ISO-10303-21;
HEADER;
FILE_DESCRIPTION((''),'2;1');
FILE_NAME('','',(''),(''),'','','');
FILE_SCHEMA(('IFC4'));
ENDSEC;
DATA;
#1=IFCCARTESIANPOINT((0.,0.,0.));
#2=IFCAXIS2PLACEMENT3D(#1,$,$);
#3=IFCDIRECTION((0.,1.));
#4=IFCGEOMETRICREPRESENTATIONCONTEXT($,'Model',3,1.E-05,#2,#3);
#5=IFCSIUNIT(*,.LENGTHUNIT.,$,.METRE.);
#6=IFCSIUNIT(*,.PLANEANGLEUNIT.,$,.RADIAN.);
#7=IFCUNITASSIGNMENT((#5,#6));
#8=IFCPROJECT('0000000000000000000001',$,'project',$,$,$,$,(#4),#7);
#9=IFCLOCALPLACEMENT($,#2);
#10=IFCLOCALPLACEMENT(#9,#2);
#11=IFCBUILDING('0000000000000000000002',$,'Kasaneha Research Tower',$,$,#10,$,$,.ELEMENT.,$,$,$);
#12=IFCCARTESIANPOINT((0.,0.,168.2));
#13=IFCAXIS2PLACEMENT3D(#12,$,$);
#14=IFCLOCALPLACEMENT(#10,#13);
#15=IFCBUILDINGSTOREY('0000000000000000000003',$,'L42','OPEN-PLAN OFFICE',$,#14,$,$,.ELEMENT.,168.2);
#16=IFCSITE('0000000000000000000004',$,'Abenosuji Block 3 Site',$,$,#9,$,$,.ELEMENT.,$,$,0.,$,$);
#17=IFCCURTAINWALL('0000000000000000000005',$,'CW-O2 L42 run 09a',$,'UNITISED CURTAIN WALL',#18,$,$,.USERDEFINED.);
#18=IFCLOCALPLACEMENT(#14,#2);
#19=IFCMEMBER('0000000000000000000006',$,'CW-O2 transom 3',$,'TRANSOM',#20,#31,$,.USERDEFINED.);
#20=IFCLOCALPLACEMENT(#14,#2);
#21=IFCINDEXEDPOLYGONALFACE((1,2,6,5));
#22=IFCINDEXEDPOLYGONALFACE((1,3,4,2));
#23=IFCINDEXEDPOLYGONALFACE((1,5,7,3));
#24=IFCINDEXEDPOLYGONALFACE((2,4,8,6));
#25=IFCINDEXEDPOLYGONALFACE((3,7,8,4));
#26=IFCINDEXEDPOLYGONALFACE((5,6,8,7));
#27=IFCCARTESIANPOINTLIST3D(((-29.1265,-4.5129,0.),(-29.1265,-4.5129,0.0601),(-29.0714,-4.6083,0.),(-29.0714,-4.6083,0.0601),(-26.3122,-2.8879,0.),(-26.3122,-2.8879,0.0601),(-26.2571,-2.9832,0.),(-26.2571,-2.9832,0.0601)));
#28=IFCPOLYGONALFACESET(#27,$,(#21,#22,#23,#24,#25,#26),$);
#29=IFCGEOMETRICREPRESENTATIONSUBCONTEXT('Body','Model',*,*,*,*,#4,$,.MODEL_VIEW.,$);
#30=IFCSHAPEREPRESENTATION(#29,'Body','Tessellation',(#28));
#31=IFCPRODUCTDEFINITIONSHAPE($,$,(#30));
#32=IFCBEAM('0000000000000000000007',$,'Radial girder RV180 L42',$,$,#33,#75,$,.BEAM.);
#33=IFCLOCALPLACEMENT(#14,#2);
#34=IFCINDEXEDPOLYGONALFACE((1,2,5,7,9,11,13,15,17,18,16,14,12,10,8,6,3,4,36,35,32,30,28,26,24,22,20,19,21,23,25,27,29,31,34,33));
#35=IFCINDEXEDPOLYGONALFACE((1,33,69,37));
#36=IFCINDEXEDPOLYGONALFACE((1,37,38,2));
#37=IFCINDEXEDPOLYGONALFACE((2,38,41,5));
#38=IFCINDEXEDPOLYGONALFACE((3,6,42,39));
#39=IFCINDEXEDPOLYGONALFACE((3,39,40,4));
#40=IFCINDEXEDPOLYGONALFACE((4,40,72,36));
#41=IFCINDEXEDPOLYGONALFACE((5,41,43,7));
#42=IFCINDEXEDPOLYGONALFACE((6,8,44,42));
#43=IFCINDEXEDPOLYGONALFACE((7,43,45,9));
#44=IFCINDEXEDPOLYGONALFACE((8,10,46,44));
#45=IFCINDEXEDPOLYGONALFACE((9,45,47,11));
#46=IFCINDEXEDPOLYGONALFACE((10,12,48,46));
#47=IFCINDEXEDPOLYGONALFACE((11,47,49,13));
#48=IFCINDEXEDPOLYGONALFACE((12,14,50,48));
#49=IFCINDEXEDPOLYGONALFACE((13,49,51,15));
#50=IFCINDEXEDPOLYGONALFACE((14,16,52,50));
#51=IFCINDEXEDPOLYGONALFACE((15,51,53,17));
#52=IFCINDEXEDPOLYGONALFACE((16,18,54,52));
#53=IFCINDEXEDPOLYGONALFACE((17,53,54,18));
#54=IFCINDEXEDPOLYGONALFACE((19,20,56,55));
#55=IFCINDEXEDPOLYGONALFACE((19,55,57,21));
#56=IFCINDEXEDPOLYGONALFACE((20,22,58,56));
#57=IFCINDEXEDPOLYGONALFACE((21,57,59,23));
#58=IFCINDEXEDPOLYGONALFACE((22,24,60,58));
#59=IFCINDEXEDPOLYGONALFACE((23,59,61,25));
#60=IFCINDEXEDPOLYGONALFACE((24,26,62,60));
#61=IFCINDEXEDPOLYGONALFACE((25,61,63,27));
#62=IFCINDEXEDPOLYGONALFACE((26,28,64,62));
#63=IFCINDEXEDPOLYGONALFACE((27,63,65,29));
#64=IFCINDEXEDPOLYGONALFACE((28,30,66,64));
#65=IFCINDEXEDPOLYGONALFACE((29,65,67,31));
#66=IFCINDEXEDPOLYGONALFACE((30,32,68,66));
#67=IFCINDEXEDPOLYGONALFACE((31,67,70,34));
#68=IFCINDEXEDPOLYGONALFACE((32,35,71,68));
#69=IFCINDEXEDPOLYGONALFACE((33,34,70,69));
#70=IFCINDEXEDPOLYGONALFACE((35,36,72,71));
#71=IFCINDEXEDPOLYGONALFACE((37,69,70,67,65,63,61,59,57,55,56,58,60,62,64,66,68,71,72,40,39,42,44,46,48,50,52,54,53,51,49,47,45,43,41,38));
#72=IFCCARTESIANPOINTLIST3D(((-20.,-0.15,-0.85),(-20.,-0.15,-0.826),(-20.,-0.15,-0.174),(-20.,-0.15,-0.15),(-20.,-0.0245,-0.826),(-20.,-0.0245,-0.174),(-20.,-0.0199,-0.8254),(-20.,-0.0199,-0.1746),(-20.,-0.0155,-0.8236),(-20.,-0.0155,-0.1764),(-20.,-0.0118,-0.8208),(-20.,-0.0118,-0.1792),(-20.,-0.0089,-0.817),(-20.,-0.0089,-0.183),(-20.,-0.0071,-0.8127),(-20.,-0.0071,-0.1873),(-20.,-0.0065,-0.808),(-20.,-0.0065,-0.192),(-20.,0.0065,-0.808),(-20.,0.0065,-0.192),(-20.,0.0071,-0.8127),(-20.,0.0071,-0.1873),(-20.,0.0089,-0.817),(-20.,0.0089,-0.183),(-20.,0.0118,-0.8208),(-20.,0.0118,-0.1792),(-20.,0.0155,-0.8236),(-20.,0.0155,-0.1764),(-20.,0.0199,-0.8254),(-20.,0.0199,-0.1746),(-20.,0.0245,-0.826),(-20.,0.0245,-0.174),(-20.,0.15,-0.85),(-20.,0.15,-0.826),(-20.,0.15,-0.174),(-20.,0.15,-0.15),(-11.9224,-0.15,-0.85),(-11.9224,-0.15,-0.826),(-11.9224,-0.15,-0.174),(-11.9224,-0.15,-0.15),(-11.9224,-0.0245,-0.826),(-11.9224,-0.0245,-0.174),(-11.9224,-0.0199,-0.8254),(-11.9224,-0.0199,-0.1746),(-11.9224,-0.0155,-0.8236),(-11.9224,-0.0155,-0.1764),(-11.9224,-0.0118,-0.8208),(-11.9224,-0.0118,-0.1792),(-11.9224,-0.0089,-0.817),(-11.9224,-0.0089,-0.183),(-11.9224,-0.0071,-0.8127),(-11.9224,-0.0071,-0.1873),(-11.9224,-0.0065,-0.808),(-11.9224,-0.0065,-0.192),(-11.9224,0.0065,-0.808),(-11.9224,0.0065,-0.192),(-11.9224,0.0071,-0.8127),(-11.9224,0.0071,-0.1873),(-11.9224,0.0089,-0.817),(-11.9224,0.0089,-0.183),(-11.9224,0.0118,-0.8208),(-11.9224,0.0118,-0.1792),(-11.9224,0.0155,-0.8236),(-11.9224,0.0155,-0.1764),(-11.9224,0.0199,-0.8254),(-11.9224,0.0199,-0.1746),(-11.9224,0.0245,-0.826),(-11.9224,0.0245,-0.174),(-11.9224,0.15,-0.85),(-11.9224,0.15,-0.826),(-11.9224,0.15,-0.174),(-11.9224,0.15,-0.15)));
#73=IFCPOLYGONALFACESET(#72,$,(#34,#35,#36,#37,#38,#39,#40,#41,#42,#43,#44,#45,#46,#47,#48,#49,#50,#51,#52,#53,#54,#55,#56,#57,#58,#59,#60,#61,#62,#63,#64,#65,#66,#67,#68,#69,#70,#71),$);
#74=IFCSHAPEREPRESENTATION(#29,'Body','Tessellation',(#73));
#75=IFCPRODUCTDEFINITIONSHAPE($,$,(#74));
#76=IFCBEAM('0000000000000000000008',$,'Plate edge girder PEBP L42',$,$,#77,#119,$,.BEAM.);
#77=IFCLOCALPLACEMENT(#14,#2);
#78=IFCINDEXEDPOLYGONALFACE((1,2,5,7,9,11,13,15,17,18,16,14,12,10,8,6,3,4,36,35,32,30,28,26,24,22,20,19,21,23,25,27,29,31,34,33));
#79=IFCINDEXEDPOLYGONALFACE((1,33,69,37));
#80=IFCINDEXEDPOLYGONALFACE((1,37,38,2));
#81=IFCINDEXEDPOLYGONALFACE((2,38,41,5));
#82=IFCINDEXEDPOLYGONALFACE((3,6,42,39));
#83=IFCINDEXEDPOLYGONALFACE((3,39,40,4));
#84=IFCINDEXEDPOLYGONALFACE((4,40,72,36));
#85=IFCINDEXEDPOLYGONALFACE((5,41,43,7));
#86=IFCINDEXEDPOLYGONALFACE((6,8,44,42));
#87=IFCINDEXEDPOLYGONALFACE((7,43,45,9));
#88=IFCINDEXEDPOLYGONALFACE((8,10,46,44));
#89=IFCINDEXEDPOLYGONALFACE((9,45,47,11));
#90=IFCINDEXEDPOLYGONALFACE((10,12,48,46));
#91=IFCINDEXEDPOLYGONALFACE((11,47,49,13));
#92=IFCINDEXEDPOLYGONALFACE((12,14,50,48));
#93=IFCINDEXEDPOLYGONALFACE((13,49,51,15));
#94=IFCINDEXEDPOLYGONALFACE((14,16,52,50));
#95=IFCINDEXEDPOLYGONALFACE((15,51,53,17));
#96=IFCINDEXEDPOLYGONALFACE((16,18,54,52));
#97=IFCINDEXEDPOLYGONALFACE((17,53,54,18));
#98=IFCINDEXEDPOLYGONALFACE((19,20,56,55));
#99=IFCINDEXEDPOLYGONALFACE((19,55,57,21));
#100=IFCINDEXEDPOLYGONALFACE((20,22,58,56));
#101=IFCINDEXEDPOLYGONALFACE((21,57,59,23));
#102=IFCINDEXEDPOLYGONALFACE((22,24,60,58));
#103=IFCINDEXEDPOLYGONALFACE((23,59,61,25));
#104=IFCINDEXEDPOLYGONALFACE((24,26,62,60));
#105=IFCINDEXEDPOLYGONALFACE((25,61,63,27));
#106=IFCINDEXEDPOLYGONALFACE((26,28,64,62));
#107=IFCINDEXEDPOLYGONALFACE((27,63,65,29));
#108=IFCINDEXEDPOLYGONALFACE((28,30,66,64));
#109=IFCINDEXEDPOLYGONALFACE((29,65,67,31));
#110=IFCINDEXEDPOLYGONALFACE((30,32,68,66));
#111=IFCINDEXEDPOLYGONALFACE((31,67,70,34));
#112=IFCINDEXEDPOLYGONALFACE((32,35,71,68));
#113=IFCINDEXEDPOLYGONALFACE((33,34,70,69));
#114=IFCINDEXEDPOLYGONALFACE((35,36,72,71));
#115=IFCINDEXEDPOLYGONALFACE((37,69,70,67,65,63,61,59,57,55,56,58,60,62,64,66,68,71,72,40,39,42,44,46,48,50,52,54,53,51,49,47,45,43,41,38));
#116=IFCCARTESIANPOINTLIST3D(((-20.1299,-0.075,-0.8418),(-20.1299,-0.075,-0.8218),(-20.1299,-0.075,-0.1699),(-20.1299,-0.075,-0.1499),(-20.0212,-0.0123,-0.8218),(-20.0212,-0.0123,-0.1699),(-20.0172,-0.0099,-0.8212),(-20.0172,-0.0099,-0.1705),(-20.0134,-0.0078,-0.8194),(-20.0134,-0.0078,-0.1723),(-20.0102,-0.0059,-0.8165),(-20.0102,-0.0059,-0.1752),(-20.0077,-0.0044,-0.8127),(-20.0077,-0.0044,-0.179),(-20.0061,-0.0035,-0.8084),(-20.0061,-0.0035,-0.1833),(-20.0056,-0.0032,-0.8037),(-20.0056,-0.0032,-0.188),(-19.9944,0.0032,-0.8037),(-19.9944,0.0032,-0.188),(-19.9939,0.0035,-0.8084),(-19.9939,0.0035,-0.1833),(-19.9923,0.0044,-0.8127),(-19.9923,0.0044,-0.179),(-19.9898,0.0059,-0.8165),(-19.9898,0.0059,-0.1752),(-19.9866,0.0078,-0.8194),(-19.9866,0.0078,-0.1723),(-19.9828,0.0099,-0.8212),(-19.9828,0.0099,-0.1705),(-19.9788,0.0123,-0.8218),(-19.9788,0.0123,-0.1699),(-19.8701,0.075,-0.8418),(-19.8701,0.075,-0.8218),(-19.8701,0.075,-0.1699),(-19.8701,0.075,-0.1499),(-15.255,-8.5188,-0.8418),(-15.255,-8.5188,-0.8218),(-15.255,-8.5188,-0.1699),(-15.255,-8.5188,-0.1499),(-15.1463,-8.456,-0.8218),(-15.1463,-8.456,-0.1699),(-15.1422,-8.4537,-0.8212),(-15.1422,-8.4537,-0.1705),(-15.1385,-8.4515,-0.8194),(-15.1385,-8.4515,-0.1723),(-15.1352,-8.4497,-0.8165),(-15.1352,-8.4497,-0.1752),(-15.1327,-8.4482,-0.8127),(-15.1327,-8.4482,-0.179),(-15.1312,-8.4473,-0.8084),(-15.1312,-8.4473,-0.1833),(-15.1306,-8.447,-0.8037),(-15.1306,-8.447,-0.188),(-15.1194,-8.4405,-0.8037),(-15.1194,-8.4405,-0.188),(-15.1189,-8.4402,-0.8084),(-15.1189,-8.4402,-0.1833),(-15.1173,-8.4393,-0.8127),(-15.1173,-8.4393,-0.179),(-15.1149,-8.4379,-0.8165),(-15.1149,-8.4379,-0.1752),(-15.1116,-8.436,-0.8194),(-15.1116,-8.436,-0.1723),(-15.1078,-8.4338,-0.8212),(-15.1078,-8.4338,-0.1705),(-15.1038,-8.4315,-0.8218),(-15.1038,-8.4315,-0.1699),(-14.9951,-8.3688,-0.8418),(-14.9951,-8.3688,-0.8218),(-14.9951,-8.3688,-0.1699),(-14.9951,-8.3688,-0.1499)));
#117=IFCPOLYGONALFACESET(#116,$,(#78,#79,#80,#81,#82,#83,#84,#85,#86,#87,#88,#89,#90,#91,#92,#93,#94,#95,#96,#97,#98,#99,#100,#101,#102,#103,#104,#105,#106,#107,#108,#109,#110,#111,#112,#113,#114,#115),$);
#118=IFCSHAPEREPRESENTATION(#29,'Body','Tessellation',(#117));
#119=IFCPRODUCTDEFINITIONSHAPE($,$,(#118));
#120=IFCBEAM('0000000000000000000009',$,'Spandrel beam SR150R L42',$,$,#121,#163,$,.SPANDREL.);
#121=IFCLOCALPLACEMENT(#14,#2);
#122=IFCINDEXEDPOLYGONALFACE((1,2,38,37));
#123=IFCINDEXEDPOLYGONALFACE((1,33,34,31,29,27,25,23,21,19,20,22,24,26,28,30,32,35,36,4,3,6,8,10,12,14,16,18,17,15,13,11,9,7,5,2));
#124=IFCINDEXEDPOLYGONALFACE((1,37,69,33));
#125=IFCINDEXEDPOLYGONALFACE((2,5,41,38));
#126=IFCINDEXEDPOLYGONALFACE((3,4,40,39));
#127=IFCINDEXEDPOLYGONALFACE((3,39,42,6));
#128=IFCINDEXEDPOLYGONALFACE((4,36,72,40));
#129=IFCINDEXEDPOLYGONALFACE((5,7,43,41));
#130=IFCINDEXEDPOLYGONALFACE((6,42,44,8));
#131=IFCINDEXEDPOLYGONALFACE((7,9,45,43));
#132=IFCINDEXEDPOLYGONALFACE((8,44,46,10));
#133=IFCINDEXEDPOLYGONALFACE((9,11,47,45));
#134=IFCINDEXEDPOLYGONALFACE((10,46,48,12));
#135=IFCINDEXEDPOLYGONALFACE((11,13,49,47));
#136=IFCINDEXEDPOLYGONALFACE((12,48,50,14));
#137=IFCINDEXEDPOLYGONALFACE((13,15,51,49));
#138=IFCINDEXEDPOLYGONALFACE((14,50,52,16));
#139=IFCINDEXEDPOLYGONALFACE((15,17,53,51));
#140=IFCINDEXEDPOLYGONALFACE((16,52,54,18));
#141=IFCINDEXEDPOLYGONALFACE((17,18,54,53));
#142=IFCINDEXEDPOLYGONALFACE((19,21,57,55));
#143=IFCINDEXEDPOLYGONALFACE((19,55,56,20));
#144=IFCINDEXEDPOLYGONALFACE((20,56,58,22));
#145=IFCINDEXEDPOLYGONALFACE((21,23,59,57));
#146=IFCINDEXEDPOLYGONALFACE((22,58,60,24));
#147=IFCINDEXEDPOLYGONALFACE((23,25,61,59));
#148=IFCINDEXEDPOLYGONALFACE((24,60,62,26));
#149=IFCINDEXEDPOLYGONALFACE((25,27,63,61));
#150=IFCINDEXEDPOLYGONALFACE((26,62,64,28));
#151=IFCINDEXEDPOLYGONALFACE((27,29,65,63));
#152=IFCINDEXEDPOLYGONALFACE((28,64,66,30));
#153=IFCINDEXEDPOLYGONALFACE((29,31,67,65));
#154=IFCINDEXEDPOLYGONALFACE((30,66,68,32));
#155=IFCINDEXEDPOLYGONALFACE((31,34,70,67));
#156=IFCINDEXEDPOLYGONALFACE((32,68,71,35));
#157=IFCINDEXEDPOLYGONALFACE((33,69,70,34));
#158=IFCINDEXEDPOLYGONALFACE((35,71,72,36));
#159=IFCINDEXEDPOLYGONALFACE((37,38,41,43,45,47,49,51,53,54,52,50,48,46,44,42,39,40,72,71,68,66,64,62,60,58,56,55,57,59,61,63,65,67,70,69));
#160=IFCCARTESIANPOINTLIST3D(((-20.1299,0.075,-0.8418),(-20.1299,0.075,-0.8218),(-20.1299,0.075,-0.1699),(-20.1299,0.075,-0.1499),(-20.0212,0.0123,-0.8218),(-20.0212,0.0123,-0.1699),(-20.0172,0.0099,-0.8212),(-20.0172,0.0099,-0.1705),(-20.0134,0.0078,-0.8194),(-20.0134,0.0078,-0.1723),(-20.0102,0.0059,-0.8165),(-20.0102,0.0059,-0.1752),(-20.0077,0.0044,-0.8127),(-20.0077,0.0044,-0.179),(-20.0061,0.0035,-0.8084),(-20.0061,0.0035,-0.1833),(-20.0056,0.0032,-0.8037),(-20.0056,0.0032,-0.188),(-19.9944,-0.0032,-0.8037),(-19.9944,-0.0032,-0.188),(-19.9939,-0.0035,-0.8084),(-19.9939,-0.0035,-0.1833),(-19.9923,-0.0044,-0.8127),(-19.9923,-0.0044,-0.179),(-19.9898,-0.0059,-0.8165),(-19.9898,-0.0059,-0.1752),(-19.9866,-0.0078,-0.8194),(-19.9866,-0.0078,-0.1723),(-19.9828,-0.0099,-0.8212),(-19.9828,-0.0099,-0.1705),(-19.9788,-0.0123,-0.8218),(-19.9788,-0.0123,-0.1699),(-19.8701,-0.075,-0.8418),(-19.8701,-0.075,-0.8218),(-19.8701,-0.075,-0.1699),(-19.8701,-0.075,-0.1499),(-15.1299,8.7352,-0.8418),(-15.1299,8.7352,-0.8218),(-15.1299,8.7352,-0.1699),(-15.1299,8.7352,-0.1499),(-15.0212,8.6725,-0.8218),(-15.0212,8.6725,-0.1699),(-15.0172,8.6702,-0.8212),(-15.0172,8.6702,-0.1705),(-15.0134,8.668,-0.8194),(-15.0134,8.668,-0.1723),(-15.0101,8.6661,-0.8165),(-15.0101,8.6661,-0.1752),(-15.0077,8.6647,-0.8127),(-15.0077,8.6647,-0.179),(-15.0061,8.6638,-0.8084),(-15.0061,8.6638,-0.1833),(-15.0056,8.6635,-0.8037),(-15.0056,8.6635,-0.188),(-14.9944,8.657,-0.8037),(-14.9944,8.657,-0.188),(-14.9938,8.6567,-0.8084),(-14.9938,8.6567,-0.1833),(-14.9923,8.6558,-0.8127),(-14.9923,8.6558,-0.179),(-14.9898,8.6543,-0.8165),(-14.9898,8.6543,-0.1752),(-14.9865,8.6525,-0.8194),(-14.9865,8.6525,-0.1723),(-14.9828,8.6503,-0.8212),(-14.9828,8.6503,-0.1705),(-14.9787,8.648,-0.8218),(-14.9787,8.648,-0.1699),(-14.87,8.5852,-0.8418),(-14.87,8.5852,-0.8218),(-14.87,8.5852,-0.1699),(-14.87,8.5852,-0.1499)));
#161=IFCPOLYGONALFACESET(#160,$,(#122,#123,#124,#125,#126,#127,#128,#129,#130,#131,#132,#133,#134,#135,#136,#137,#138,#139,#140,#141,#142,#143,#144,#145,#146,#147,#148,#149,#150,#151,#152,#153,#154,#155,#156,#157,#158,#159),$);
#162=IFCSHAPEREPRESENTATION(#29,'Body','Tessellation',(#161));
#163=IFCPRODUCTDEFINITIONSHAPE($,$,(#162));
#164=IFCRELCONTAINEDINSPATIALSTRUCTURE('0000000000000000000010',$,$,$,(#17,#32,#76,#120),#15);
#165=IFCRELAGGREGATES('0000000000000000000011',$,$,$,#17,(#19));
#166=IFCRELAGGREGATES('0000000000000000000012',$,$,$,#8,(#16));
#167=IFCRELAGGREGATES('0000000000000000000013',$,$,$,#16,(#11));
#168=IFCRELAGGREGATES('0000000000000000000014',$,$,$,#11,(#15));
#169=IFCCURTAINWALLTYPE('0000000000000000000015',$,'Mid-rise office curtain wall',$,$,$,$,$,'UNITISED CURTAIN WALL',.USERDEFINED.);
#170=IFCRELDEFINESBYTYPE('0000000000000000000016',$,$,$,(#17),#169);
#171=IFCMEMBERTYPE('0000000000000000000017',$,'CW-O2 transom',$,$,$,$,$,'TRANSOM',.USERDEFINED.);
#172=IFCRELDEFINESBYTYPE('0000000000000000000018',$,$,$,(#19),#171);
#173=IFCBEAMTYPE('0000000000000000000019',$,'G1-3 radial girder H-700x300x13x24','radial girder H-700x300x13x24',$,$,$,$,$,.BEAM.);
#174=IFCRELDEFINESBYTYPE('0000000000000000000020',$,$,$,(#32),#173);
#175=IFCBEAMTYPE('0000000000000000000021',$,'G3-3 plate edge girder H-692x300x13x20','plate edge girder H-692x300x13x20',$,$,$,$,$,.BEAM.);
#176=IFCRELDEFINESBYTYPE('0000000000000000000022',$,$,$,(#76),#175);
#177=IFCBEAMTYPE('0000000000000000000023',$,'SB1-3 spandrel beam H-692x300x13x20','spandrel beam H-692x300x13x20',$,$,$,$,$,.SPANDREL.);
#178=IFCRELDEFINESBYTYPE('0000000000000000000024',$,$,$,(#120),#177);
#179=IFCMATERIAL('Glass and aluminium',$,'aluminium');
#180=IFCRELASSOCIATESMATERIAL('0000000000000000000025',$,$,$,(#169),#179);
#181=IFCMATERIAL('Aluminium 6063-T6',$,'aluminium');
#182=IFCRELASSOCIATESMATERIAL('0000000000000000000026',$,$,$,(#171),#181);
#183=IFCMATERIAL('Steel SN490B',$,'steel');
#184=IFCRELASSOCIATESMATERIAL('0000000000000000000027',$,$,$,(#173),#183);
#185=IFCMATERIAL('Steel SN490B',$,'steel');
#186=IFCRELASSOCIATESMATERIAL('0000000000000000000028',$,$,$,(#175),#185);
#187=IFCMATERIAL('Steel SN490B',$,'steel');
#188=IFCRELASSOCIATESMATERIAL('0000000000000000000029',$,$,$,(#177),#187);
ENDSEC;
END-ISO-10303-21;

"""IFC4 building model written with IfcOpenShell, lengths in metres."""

from ifc_helpers import new_model, si_unit, direction, frame, origin, origin_2d, place, context, subcontext, project, spatial, rectangle, i_section, extrude, material, material_profile, profile_set, type_object, element, aggregate, save


model = new_model("IFC4")

# Units and contexts
model_context = context("Model", 3, precision=1e-05, world=origin(), true_north=direction((0.0, 1.0)))
body_context = subcontext(model_context, "Body", "Model", "MODEL_VIEW")
ifc_project = project(units=[si_unit("LENGTHUNIT", "METRE"), si_unit("PLANEANGLEUNIT", "RADIAN")], contexts=[model_context])

# Site, building, storey
site_placement = place(None, origin())
site = spatial("IfcSite", under=ifc_project, at=site_placement, Name="Abenosuji Block 3 Site", CompositionType="ELEMENT", RefElevation=0.0)
building_placement = place(site_placement, origin())
building = spatial("IfcBuilding", under=site, at=building_placement, Name="Kasaneha Research Tower", CompositionType="ELEMENT")
storey_placement = place(building_placement, frame((0.0, 0.0, 168.2)))
storey = spatial("IfcBuildingStorey", under=building, at=storey_placement, Name="L42", Description="OPEN-PLAN OFFICE", CompositionType="ELEMENT", Elevation=168.2)

# Shared definitions
ifc_material_1 = material(Name="Glass and aluminium", Category="aluminium")
curtain_wall_type = type_object("IfcCurtainWallType", Name="Mid-rise office curtain wall", ElementType="UNITISED CURTAIN WALL", PredefinedType="USERDEFINED", material=ifc_material_1)

# Curtain wall
curtain_wall_1_placement = place(storey_placement, origin())
curtain_wall_1 = element("IfcCurtainWall", 1, at=curtain_wall_1_placement, inside=storey, type_object=curtain_wall_type, Name="CW-O2 L42 run 09a", ObjectType="UNITISED CURTAIN WALL", PredefinedType="USERDEFINED")

# Member
ifc_material_2 = material(Name="Aluminium 6063-T6", Category="aluminium")
ifc_material_profile_1 = material_profile(ifc_material_2, rectangle(XDim=0.1101, YDim=0.0601, at=origin_2d()), Name="CW-O2 transom 110x60")
ifc_profile_set_1 = profile_set([ifc_material_profile_1], Name="Aluminium 6063-T6")
member_type_1 = type_object("IfcMemberType", Name="CW-O2 transom", ElementType="TRANSOM", PredefinedType="USERDEFINED", material=ifc_profile_set_1)
member_1_placement = place(storey_placement, frame((-26.2847, -2.9355, 0.03), z_axis=(-0.865997, -0.50005, 0.0), x_axis=(0.50005, -0.865997, 0.0)))
member_1 = element("IfcMember", 2, at=member_1_placement, type_object=member_type_1, Name="CW-O2 transom 3", ObjectType="TRANSOM", PredefinedType="USERDEFINED", context=body_context, shape_type="SweptSolid", body=[
    extrude(rectangle(XDim=0.1101, YDim=0.0601, at=origin_2d()), origin(), (0.0, 0.0, 1.0), 3.2498),
])

# Beams
ifc_material_3 = material(Name="Steel SN490B", Category="steel")
ifc_material_profile_2 = material_profile(ifc_material_3, i_section(OverallWidth=0.3, OverallDepth=0.7, WebThickness=0.0129, FlangeThickness=0.0239, FilletRadius=0.0181, at=origin_2d()), Name="H-700x300x13x24")
ifc_profile_set_2 = profile_set([ifc_material_profile_2], Name="Steel SN490B")
beam_type_1 = type_object("IfcBeamType", Name="G1-3 radial girder H-700x300x13x24", Description="radial girder H-700x300x13x24", PredefinedType="BEAM", material=ifc_profile_set_2)
beam_1_placement = place(storey_placement, frame((-11.9224, 0.0, -0.5), z_axis=(-1.0, 0.0, 0.0), x_axis=(0.0, -1.0, 0.0)))
element("IfcBeam", 3, at=beam_1_placement, inside=storey, type_object=beam_type_1, Name="Radial girder RV180 L42", PredefinedType="BEAM", context=body_context, shape_type="SweptSolid", body=[
    extrude(i_section(OverallWidth=0.3, OverallDepth=0.7, WebThickness=0.0129, FlangeThickness=0.0239, FilletRadius=0.0181, at=origin_2d()), origin(), (0.0, 0.0, 1.0), 8.0776),
])
ifc_material_4 = material(Name="Steel SN490B", Category="steel")
ifc_material_profile_3 = material_profile(ifc_material_4, i_section(OverallWidth=0.3, OverallDepth=0.6919, WebThickness=0.0129, FlangeThickness=0.02, FilletRadius=0.0181, at=origin_2d()), Name="H-692x300x13x20")
ifc_profile_set_3 = profile_set([ifc_material_profile_3], Name="Steel SN490B")
beam_type_2 = type_object("IfcBeamType", Name="G3-3 plate edge girder H-692x300x13x20", Description="plate edge girder H-692x300x13x20", PredefinedType="BEAM", material=ifc_profile_set_3)
beam_2_placement = place(storey_placement, frame((-20.0, 0.0, -0.4958), z_axis=(0.499996, -0.866028, 0.0), x_axis=(0.866028, 0.499996, 0.0)))
element("IfcBeam", 4, at=beam_2_placement, inside=storey, type_object=beam_type_2, Name="Plate edge girder PEBP L42", PredefinedType="BEAM", context=body_context, shape_type="SweptSolid", body=[
    extrude(i_section(OverallWidth=0.3, OverallDepth=0.6919, WebThickness=0.0129, FlangeThickness=0.02, FilletRadius=0.0181, at=origin_2d()), origin(), (0.0, 0.0, 1.0), 9.75),
])
ifc_material_5 = material(Name="Steel SN490B", Category="steel")
ifc_material_profile_4 = material_profile(ifc_material_5, i_section(OverallWidth=0.3, OverallDepth=0.6919, WebThickness=0.0129, FlangeThickness=0.02, FilletRadius=0.0181, at=origin_2d()), Name="H-692x300x13x20")
ifc_profile_set_4 = profile_set([ifc_material_profile_4], Name="Steel SN490B")
beam_type_3 = type_object("IfcBeamType", Name="SB1-3 spandrel beam H-692x300x13x20", Description="spandrel beam H-692x300x13x20", PredefinedType="SPANDREL", material=ifc_profile_set_4)
beam_3_placement = place(storey_placement, frame((-20.0, 0.0, -0.4958), z_axis=(0.500004, 0.866023, 0.0), x_axis=(-0.866023, 0.500004, 0.0)))
element("IfcBeam", 5, at=beam_3_placement, inside=storey, type_object=beam_type_3, Name="Spandrel beam SR150R L42", PredefinedType="SPANDREL", context=body_context, shape_type="SweptSolid", body=[
    extrude(i_section(OverallWidth=0.3, OverallDepth=0.6919, WebThickness=0.0129, FlangeThickness=0.02, FilletRadius=0.0181, at=origin_2d()), origin(), (0.0, 0.0, 1.0), 10.0),
])

aggregate(curtain_wall_1, [member_1])

save(model, "model.ifc")
